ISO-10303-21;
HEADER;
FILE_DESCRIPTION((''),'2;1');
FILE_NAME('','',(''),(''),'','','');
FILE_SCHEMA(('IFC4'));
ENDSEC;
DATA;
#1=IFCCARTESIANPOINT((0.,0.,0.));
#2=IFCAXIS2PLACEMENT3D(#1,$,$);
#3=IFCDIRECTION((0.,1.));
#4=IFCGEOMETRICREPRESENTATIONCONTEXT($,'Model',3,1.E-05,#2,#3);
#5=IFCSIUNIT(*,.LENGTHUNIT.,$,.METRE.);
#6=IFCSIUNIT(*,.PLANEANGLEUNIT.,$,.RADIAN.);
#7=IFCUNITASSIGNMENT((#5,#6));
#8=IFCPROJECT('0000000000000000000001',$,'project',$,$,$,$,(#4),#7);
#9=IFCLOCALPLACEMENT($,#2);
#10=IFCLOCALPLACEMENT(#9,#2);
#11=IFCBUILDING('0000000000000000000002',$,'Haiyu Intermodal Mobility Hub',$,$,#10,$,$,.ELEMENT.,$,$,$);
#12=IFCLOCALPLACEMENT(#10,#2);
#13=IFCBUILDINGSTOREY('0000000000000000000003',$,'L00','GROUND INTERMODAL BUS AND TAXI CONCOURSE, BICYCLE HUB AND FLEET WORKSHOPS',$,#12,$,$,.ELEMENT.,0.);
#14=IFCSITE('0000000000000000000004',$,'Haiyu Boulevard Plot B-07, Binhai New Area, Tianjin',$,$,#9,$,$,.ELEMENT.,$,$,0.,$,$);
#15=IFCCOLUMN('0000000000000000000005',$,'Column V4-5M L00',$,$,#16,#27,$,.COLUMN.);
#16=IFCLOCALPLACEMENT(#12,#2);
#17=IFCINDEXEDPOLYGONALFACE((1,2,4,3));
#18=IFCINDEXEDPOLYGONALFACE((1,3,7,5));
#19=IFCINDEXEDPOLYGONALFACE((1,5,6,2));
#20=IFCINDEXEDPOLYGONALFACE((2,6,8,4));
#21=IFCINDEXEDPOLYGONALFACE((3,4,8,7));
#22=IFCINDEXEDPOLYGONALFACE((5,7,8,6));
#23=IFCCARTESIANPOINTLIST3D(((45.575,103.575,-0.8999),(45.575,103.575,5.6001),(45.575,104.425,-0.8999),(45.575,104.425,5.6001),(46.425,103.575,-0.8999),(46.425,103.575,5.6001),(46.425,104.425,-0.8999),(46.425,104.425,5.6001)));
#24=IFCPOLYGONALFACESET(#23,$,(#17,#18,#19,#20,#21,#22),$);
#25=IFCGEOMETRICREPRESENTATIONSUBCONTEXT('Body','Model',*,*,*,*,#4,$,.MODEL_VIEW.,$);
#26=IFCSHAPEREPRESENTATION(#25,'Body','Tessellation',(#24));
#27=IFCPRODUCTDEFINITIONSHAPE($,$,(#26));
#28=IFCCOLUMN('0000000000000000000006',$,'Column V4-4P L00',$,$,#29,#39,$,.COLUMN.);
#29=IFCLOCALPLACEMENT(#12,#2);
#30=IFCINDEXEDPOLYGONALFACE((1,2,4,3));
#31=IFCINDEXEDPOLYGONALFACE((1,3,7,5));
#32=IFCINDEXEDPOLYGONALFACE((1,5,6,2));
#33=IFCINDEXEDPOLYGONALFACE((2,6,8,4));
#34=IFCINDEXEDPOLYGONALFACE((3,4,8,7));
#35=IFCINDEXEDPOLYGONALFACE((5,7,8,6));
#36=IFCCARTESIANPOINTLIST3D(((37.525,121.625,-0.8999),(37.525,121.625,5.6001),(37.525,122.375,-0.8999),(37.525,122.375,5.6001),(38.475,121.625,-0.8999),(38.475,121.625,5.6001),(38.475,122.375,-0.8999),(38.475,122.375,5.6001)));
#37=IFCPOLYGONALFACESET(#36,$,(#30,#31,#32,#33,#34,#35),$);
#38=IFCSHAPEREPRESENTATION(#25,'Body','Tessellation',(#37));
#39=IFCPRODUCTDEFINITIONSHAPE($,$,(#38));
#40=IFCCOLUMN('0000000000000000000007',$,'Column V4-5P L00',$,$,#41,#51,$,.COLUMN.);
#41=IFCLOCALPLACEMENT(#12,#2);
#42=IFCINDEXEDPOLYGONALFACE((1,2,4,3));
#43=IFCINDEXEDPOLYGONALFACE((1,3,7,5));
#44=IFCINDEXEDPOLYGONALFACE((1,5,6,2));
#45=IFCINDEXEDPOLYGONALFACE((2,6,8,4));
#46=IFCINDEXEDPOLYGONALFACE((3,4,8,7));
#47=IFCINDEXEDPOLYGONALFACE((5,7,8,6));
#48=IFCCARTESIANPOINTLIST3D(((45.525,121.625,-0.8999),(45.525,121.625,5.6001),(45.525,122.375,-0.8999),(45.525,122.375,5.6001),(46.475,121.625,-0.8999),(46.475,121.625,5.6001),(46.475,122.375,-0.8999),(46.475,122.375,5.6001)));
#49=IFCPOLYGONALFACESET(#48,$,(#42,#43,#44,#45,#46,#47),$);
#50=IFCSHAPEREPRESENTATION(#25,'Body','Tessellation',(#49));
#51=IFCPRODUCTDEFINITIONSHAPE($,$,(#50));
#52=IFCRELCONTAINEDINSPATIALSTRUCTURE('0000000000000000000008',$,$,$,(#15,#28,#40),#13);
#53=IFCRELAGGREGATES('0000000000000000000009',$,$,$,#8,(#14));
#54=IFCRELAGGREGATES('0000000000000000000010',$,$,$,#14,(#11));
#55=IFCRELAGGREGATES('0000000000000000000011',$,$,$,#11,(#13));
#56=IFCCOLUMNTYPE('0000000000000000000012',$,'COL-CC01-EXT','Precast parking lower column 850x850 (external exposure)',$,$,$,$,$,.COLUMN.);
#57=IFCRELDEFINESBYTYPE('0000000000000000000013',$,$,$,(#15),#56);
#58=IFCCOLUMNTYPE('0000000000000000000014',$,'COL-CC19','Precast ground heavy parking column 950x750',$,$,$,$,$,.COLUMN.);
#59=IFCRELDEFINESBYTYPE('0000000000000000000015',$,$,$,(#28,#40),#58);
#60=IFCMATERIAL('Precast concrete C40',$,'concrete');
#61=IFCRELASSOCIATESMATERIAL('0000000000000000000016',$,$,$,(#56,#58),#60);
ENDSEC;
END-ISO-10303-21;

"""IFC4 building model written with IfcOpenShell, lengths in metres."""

from ifc_helpers import new_model, si_unit, direction, frame, origin, origin_2d, place, context, subcontext, project, spatial, rectangle, extrude, material, material_profile, profile_set, type_object, element, save


model = new_model("IFC4")

# Units and contexts
model_context = context("Model", 3, precision=1e-05, world=origin(), true_north=direction((0.0, 1.0)))
body_context = subcontext(model_context, "Body", "Model", "MODEL_VIEW")
ifc_project = project(units=[si_unit("LENGTHUNIT", "METRE"), si_unit("PLANEANGLEUNIT", "RADIAN")], contexts=[model_context])

# Site, building, storey
site_placement = place(None, origin())
site = spatial("IfcSite", under=ifc_project, at=site_placement, Name="Haiyu Boulevard Plot B-07, Binhai New Area, Tianjin", CompositionType="ELEMENT", RefElevation=0.0)
building_placement = place(site_placement, origin())
building = spatial("IfcBuilding", under=site, at=building_placement, Name="Haiyu Intermodal Mobility Hub", CompositionType="ELEMENT")
storey_placement = place(building_placement, origin())
storey = spatial("IfcBuildingStorey", under=building, at=storey_placement, Name="L00", Description="GROUND INTERMODAL BUS AND TAXI CONCOURSE, BICYCLE HUB AND FLEET WORKSHOPS", CompositionType="ELEMENT", Elevation=0.0)

# Columns
ifc_material_1 = material(Name="Precast concrete C40", Category="concrete")
ifc_material_profile_1 = material_profile(ifc_material_1, rectangle(XDim=0.8501, YDim=0.8501, at=origin_2d()), Name="RC850x850")
ifc_profile_set_1 = profile_set([ifc_material_profile_1], Name="Precast concrete C40")
column_type_1 = type_object("IfcColumnType", Name="COL-CC01-EXT", Description="Precast parking lower column 850x850 (external exposure)", PredefinedType="COLUMN", material=ifc_profile_set_1)
column_1_placement = place(storey_placement, frame((46.0, 104.0, -0.8999), z_axis=(0.0, 0.0, 1.0), x_axis=(1.0, 0.0, 0.0)))
element("IfcColumn", 1, at=column_1_placement, inside=storey, type_object=column_type_1, Name="Column V4-5M L00", PredefinedType="COLUMN", context=body_context, shape_type="SweptSolid", body=[
    extrude(rectangle(XDim=0.8501, YDim=0.8501, at=origin_2d()), origin(), (0.0, 0.0, 1.0), 6.5),
])
ifc_material_profile_2 = material_profile(ifc_material_1, rectangle(XDim=0.95, YDim=0.75, at=origin_2d()), Name="C950x750")
ifc_profile_set_2 = profile_set([ifc_material_profile_2], Name="Precast concrete C40")
column_type_2 = type_object("IfcColumnType", Name="COL-CC19", Description="Precast ground heavy parking column 950x750", PredefinedType="COLUMN", material=ifc_profile_set_2)
for number, where, z_axis, x_axis, name in (
    (2, (38.0, 122.0, -0.8999), (0.0, 0.0, 1.0), (1.0, 0.0, 0.0), "Column V4-4P L00"),
    (3, (46.0, 122.0, -0.8999), (0.0, 0.0, 1.0), (1.0, 0.0, 0.0), "Column V4-5P L00"),
):
    element("IfcColumn", number, at=place(storey_placement, frame(where, z_axis=z_axis, x_axis=x_axis)), inside=storey, type_object=column_type_2, Name=name, PredefinedType="COLUMN", context=body_context, shape_type="SweptSolid", body=[
        extrude(rectangle(XDim=0.95, YDim=0.75, at=origin_2d()), origin(), (0.0, 0.0, 1.0), 6.5),
    ])

save(model, "model.ifc")
